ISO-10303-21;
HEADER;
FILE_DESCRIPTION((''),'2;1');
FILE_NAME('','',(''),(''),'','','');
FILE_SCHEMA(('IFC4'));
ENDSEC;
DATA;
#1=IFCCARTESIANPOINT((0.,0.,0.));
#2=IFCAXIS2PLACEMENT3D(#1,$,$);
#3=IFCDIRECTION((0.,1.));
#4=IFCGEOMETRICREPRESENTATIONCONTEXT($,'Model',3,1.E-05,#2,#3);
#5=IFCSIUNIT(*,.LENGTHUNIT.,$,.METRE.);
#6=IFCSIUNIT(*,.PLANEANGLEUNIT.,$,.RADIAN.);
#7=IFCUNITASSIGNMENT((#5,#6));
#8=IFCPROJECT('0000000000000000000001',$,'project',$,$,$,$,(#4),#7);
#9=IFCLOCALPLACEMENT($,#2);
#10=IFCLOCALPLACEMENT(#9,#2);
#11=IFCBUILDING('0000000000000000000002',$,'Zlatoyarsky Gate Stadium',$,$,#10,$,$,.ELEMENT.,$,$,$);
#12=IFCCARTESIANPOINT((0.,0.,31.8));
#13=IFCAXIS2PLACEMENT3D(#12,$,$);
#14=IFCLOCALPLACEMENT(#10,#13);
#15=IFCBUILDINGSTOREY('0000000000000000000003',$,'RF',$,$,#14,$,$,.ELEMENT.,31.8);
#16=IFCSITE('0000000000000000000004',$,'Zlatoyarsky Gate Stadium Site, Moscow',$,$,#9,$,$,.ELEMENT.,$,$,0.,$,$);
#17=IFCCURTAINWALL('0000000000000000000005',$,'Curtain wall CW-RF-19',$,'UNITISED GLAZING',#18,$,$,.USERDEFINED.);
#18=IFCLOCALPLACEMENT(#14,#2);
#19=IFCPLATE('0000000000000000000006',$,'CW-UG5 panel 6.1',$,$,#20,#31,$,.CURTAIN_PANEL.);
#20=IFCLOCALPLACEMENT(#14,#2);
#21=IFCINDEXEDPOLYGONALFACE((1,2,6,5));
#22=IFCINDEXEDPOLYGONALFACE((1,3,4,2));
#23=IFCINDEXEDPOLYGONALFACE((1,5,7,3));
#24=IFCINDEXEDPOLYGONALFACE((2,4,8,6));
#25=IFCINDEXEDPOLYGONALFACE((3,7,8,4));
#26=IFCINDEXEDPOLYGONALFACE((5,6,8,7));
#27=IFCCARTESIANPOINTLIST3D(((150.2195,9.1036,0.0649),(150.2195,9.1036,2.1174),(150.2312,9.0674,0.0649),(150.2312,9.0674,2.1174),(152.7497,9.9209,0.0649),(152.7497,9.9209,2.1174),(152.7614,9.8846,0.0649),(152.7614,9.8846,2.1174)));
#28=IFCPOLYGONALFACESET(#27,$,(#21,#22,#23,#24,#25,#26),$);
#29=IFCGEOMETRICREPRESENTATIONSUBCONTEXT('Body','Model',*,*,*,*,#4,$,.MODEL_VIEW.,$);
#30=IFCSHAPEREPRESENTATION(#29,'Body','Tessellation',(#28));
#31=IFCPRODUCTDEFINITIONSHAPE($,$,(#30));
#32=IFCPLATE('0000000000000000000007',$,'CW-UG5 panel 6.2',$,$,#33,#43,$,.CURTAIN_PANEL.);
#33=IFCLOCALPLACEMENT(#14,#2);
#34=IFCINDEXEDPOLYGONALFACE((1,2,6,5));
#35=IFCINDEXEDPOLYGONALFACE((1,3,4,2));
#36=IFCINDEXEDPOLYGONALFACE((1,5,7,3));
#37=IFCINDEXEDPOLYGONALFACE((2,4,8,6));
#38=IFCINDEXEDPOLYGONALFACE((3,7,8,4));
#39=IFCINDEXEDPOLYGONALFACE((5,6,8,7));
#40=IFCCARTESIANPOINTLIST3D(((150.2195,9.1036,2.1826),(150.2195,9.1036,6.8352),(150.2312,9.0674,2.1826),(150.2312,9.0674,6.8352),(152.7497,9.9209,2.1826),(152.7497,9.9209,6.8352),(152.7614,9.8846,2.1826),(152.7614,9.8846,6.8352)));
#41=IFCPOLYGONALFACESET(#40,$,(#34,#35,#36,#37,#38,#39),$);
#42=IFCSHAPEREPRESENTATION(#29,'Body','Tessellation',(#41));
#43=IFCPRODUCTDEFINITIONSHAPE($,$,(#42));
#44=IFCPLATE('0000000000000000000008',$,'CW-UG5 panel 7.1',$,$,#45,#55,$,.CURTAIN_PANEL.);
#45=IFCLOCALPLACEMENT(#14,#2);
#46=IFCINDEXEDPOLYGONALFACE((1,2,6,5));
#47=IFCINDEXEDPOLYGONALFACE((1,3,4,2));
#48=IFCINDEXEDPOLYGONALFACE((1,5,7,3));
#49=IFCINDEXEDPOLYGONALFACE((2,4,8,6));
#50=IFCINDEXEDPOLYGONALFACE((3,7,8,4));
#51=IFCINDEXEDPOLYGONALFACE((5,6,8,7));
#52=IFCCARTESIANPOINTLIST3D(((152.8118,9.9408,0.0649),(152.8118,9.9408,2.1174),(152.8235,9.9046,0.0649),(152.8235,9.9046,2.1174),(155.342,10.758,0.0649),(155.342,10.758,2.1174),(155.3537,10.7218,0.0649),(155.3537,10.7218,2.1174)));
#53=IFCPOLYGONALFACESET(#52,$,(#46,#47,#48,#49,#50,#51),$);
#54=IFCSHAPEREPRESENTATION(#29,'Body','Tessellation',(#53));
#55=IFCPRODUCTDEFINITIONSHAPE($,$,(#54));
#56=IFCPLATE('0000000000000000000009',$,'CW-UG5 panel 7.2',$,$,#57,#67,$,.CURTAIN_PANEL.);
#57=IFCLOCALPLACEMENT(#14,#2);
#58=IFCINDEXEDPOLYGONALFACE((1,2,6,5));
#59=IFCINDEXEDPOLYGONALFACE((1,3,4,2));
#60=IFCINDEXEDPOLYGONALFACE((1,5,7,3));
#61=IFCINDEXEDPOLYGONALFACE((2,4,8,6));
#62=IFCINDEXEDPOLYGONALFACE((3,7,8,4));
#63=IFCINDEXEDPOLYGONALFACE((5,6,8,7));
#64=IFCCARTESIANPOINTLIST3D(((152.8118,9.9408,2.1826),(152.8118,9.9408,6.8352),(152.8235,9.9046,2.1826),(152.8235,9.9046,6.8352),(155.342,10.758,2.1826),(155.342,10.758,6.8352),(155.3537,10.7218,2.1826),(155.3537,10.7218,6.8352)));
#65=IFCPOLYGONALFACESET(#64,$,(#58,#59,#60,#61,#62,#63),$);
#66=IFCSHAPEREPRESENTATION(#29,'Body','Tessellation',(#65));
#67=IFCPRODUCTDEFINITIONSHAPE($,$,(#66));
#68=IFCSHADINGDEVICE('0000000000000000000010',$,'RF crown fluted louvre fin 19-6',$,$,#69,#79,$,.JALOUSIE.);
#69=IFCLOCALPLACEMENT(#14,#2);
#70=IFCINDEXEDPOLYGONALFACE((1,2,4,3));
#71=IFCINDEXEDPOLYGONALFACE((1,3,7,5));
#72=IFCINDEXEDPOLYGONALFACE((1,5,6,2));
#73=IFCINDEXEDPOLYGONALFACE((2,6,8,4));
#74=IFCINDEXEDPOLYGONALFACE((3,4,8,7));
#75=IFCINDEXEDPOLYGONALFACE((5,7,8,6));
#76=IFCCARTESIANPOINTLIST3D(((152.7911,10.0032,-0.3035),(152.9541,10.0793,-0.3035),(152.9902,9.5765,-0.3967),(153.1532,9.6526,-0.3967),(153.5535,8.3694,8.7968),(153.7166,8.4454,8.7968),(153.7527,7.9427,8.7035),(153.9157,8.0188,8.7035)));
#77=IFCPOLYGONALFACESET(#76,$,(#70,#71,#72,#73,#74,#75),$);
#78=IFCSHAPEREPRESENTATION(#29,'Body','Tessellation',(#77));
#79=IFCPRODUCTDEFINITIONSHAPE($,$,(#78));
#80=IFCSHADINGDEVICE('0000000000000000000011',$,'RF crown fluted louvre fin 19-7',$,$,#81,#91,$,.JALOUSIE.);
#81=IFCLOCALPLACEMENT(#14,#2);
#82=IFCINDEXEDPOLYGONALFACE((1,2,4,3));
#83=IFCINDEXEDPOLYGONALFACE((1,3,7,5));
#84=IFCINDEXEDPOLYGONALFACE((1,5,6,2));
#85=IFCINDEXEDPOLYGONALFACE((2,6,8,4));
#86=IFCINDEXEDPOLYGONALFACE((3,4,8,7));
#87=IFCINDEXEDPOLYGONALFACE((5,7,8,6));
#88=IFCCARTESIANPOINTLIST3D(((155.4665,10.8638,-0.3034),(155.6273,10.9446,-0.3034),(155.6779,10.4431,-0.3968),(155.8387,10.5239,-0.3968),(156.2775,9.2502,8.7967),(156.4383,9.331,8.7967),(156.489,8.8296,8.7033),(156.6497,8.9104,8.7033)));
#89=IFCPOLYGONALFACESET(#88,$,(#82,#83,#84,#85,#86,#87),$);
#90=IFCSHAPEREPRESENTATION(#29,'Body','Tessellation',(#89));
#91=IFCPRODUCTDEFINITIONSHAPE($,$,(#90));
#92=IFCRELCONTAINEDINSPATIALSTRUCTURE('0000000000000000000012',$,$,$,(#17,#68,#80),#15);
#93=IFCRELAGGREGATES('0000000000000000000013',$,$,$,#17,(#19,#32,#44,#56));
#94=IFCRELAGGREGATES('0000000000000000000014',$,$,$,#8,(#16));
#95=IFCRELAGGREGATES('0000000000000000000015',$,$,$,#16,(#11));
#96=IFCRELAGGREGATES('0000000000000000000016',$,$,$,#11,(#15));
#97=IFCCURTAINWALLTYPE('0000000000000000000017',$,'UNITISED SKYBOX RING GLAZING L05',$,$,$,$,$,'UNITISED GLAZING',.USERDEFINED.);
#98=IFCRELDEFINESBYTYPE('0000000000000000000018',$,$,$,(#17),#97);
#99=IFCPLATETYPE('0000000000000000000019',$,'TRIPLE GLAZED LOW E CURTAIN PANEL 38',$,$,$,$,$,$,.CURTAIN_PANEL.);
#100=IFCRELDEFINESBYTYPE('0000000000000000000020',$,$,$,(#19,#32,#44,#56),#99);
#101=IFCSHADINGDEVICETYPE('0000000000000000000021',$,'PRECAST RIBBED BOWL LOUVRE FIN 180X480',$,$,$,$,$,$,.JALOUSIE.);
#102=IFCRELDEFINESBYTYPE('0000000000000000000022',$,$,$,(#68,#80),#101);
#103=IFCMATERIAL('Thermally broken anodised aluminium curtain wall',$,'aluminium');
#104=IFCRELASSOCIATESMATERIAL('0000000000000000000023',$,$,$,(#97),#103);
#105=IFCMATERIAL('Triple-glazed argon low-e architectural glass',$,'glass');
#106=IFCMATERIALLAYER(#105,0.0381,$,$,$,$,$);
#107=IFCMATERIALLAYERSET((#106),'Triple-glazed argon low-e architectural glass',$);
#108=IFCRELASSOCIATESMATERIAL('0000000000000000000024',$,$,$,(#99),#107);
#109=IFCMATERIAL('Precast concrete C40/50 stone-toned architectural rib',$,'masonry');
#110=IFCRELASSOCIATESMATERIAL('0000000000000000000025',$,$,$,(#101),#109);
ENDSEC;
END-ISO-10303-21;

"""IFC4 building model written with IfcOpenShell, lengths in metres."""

from ifc_helpers import new_model, si_unit, direction, frame, origin, origin_2d, place, context, subcontext, project, spatial, rectangle, extrude, material, layer, layer_set, material_profile, profile_set, type_object, element, aggregate, save


model = new_model("IFC4")

# Units and contexts
model_context = context("Model", 3, precision=1e-05, world=origin(), true_north=direction((0.0, 1.0)))
body_context = subcontext(model_context, "Body", "Model", "MODEL_VIEW")
ifc_project = project(units=[si_unit("LENGTHUNIT", "METRE"), si_unit("PLANEANGLEUNIT", "RADIAN")], contexts=[model_context])

# Site, building, storey
site_placement = place(None, origin())
site = spatial("IfcSite", under=ifc_project, at=site_placement, Name="Zlatoyarsky Gate Stadium Site, Moscow", CompositionType="ELEMENT", RefElevation=0.0)
building_placement = place(site_placement, origin())
building = spatial("IfcBuilding", under=site, at=building_placement, Name="Zlatoyarsky Gate Stadium", CompositionType="ELEMENT")
storey_placement = place(building_placement, frame((0.0, 0.0, 31.8)))
storey = spatial("IfcBuildingStorey", under=building, at=storey_placement, Name="RF", CompositionType="ELEMENT", Elevation=31.8)

# Curtain wall
ifc_material_1 = material(Name="Thermally broken anodised aluminium curtain wall", Category="aluminium")
curtain_wall_type = type_object("IfcCurtainWallType", Name="UNITISED SKYBOX RING GLAZING L05", ElementType="UNITISED GLAZING", PredefinedType="USERDEFINED", material=ifc_material_1)
curtain_wall_placement = place(storey_placement, origin())
curtain_wall = element("IfcCurtainWall", 1, at=curtain_wall_placement, inside=storey, type_object=curtain_wall_type, Name="Curtain wall CW-RF-19", ObjectType="UNITISED GLAZING", PredefinedType="USERDEFINED")

# Plates
ifc_material_2 = material(Name="Triple-glazed argon low-e architectural glass", Category="glass")
ifc_layer_1 = layer(ifc_material_2, 0.0381)
ifc_layer_set_1 = layer_set([ifc_layer_1], Name="Triple-glazed argon low-e architectural glass")
plate_type_1 = type_object("IfcPlateType", Name="TRIPLE GLAZED LOW E CURTAIN PANEL 38", PredefinedType="CURTAIN_PANEL", material=ifc_layer_set_1)
plate_1_placement = place(storey_placement, frame((151.4905, 9.4941, 0.0649), z_axis=(0.0, 0.0, 1.0), x_axis=(0.951596, 0.307352, 0.0)))
plate_1 = element("IfcPlate", 2, at=plate_1_placement, type_object=plate_type_1, Name="CW-UG5 panel 6.1", PredefinedType="CURTAIN_PANEL", context=body_context, shape_type="SweptSolid", body=[
    extrude(rectangle(XDim=2.6589, YDim=0.0381, at=origin_2d()), origin(), (0.0, 0.0, 1.0), 2.0525),
])
plate_2_placement = place(storey_placement, frame((151.4905, 9.4941, 2.1826), z_axis=(0.0, 0.0, 1.0), x_axis=(0.951596, 0.307352, 0.0)))
plate_2 = element("IfcPlate", 3, at=plate_2_placement, type_object=plate_type_1, Name="CW-UG5 panel 6.2", PredefinedType="CURTAIN_PANEL", context=body_context, shape_type="SweptSolid", body=[
    extrude(rectangle(XDim=2.6589, YDim=0.0381, at=origin_2d()), origin(), (0.0, 0.0, 1.0), 4.6526),
])
plate_3_placement = place(storey_placement, frame((154.0828, 10.3313, 0.0649), z_axis=(0.0, 0.0, 1.0), x_axis=(0.951596, 0.307352, 0.0)))
plate_3 = element("IfcPlate", 4, at=plate_3_placement, type_object=plate_type_1, Name="CW-UG5 panel 7.1", PredefinedType="CURTAIN_PANEL", context=body_context, shape_type="SweptSolid", body=[
    extrude(rectangle(XDim=2.6589, YDim=0.0381, at=origin_2d()), origin(), (0.0, 0.0, 1.0), 2.0525),
])
plate_4_placement = place(storey_placement, frame((154.0828, 10.3313, 2.1826), z_axis=(0.0, 0.0, 1.0), x_axis=(0.951596, 0.307352, 0.0)))
plate_4 = element("IfcPlate", 5, at=plate_4_placement, type_object=plate_type_1, Name="CW-UG5 panel 7.2", PredefinedType="CURTAIN_PANEL", context=body_context, shape_type="SweptSolid", body=[
    extrude(rectangle(XDim=2.6589, YDim=0.0381, at=origin_2d()), origin(), (0.0, 0.0, 1.0), 4.6526),
])
aggregate(curtain_wall, [plate_1, plate_2, plate_3, plate_4])

# Shading devices
ifc_material_3 = material(Name="Precast concrete C40/50 stone-toned architectural rib", Category="masonry")
ifc_material_profile_1 = material_profile(ifc_material_3, rectangle(XDim=0.1799, YDim=0.48, at=origin_2d()), Name="RIB 180X480")
ifc_profile_set_1 = profile_set([ifc_material_profile_1], Name="Precast concrete C40/50 stone-toned architectural rib")
shading_device_type = type_object("IfcShadingDeviceType", Name="PRECAST RIBBED BOWL LOUVRE FIN 180X480", PredefinedType="JALOUSIE", material=ifc_profile_set_1)
shading_device_1_placement = place(storey_placement, frame((152.9722, 9.8279, -0.3501), z_axis=(0.082187, -0.176112, 0.980933), x_axis=(0.90618, 0.422893, 0.0)))
element("IfcShadingDevice", 6, at=shading_device_1_placement, inside=storey, type_object=shading_device_type, Name="RF crown fluted louvre fin 19-6", PredefinedType="JALOUSIE", context=body_context, shape_type="SweptSolid", body=[
    extrude(rectangle(XDim=0.1799, YDim=0.48, at=origin_2d()), origin(), (0.0, 0.0, 1.0), 9.2771),
])
shading_device_2_placement = place(storey_placement, frame((155.6526, 10.6938, -0.3501), z_axis=(0.087419, -0.173917, 0.980872), x_axis=(0.893479, 0.449105, 0.0)))
element("IfcShadingDevice", 7, at=shading_device_2_placement, inside=storey, type_object=shading_device_type, Name="RF crown fluted louvre fin 19-7", PredefinedType="JALOUSIE", context=body_context, shape_type="SweptSolid", body=[
    extrude(rectangle(XDim=0.1799, YDim=0.48, at=origin_2d()), origin(), (0.0, 0.0, 1.0), 9.2776),
])

save(model, "model.ifc")
